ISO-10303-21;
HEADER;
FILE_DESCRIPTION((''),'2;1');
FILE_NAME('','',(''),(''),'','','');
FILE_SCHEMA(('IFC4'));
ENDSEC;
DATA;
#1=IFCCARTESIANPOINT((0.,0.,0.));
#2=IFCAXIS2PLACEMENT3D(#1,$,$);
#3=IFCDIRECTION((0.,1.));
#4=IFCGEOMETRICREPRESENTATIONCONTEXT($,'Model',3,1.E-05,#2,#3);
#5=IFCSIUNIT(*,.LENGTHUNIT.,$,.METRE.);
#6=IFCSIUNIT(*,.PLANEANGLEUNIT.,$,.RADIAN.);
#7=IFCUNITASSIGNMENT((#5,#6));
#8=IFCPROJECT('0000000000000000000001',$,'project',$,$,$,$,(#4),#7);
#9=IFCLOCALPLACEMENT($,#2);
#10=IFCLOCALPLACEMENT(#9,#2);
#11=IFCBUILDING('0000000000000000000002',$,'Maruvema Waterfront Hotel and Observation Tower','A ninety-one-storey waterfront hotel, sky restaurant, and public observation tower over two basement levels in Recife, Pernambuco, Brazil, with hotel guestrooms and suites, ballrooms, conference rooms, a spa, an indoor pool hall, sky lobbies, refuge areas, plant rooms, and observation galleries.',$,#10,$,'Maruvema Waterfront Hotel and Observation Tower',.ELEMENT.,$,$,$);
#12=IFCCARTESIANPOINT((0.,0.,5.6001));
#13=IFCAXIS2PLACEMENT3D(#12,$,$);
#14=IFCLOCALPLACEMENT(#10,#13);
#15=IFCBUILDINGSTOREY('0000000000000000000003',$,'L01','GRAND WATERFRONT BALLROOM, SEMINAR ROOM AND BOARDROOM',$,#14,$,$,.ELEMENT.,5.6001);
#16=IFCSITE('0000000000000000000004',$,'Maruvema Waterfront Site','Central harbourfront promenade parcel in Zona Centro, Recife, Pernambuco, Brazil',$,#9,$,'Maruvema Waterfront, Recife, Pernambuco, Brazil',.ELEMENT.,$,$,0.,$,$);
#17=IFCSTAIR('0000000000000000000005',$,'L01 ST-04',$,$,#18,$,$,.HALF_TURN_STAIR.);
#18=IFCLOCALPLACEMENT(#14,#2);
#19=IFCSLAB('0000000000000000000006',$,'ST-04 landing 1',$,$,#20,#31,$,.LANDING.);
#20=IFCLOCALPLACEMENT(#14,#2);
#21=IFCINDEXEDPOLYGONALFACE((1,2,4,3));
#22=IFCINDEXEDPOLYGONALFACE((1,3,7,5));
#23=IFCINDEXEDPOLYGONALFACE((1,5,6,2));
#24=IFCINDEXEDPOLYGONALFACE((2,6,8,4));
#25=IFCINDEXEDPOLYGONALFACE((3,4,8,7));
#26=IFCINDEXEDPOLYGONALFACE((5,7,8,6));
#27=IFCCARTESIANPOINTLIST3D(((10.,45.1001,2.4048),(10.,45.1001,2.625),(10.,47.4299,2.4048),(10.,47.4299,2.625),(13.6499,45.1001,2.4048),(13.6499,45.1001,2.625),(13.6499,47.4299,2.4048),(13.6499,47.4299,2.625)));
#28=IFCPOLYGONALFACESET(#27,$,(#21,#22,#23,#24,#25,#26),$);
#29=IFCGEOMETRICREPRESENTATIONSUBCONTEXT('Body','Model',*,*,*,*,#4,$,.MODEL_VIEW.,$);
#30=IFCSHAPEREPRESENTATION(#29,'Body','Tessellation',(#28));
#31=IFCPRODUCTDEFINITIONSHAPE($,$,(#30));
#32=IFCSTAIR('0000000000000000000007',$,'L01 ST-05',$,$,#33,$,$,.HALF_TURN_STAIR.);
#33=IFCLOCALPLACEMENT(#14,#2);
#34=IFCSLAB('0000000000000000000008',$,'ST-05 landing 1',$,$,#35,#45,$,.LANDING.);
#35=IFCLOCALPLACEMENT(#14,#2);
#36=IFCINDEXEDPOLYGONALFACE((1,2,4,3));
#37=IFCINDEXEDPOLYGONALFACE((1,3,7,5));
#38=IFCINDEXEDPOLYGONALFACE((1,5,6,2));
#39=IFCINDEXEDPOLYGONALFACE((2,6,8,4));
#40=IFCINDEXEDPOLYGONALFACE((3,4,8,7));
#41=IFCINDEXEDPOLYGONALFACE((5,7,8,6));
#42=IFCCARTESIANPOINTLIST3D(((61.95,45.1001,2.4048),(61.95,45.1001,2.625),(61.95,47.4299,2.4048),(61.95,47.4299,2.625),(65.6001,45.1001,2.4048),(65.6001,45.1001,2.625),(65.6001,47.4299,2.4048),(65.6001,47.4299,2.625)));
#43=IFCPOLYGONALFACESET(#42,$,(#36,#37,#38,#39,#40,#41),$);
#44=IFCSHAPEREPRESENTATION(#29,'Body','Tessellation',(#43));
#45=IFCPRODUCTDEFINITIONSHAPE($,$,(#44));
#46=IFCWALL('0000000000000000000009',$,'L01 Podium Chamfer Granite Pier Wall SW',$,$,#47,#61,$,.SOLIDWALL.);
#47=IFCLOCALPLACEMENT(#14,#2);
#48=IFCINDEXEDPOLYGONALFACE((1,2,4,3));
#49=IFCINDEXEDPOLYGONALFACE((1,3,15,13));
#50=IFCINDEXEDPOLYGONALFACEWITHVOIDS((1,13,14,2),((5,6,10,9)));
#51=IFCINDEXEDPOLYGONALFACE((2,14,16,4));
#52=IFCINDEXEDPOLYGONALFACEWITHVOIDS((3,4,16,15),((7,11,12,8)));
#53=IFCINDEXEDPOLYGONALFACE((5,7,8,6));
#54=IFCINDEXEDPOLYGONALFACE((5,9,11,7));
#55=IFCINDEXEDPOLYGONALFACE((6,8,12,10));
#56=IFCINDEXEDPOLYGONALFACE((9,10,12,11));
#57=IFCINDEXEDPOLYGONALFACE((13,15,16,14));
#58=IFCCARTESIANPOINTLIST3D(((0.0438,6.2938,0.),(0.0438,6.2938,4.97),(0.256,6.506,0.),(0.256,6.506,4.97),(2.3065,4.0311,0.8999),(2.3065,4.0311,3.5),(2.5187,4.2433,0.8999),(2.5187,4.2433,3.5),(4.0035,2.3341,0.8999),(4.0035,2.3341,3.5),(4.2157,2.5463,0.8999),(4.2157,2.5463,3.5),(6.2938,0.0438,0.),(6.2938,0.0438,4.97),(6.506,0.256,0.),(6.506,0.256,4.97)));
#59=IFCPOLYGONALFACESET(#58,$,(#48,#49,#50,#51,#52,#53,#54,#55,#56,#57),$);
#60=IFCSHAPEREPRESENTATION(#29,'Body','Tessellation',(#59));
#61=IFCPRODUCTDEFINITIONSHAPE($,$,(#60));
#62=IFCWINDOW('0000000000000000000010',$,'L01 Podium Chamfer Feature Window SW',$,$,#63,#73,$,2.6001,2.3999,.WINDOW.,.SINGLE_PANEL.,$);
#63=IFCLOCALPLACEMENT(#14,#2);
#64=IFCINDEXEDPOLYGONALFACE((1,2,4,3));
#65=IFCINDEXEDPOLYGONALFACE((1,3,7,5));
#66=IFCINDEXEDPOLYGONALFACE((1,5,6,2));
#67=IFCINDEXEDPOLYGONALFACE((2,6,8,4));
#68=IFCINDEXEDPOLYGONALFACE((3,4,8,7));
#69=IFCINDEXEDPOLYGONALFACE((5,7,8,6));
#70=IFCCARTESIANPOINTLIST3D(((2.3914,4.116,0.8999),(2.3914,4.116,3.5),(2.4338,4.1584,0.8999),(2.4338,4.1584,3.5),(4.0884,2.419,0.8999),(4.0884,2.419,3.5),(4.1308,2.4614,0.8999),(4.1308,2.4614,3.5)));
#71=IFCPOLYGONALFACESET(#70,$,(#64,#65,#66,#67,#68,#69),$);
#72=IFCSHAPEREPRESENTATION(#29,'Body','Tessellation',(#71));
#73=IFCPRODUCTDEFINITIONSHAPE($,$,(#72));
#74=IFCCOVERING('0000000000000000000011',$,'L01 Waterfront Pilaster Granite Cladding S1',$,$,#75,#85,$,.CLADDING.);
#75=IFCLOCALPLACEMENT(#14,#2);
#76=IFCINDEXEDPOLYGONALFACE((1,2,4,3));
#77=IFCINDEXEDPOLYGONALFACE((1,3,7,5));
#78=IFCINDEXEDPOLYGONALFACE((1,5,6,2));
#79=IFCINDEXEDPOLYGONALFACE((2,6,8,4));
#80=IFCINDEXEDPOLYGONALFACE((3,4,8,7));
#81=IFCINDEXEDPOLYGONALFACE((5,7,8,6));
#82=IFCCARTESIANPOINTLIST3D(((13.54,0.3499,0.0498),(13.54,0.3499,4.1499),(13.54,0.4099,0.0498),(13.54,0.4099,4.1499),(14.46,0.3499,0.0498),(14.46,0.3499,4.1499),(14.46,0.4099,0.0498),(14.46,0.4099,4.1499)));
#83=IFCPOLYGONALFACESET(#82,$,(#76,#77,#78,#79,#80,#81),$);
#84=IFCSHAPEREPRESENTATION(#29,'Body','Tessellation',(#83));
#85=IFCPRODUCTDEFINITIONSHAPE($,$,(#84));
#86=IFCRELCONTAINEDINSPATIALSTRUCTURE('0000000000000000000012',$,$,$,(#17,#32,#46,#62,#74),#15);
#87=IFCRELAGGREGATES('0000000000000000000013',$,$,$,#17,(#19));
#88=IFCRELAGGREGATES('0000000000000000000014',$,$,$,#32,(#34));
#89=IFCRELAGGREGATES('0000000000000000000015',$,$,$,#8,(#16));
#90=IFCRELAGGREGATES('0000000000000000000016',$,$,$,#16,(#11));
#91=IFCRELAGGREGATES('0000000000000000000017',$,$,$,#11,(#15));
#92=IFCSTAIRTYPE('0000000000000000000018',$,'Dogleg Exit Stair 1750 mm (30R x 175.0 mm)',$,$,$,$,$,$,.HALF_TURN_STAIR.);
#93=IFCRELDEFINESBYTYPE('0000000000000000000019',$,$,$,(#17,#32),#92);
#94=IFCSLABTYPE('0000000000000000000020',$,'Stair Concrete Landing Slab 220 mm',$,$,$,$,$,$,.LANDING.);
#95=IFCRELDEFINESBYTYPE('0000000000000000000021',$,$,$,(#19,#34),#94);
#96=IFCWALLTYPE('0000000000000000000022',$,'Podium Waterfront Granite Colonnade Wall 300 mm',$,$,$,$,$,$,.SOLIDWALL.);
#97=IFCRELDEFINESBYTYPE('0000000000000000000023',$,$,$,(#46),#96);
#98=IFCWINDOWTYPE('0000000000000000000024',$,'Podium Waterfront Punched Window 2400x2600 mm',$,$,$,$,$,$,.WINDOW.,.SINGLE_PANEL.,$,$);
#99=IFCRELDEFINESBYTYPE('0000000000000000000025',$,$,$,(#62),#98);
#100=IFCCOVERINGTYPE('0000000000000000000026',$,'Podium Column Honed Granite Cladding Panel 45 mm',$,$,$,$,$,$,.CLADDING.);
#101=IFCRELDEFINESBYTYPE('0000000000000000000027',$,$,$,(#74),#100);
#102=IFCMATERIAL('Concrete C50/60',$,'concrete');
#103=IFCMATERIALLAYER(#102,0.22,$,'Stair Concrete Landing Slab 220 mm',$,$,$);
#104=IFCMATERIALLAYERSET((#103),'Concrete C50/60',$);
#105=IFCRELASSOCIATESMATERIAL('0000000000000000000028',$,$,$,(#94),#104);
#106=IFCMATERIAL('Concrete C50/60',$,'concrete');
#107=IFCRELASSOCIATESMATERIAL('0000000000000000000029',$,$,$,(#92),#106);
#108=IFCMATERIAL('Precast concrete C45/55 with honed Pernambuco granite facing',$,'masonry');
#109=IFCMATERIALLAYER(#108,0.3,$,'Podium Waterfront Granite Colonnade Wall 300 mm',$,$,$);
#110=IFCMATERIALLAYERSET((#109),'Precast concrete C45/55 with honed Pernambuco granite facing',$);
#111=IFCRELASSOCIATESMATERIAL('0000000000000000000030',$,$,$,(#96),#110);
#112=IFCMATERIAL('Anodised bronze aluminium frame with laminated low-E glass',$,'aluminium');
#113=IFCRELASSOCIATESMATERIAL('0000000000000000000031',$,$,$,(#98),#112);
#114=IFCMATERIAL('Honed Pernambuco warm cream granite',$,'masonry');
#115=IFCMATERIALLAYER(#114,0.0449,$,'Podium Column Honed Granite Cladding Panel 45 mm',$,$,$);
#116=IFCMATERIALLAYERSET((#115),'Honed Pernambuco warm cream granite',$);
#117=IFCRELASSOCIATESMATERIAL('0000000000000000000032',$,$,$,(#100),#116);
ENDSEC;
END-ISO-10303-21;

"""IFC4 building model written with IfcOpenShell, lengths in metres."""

from ifc_helpers import new_model, si_unit, direction, frame, frame_2d, origin, origin_2d, place, context, subcontext, project, spatial, polyline, rectangle, outline, extrude, material, layer, layer_set, type_object, element, fill, aggregate, save


model = new_model("IFC4")

# Units and contexts
model_context = context("Model", 3, precision=1e-05, world=origin(), true_north=direction((0.0, 1.0)))
body_context = subcontext(model_context, "Body", "Model", "MODEL_VIEW")
ifc_project = project(units=[si_unit("LENGTHUNIT", "METRE"), si_unit("PLANEANGLEUNIT", "RADIAN")], contexts=[model_context])

# Site, building, storey
site_placement = place(None, origin())
site = spatial("IfcSite", under=ifc_project, at=site_placement, Name="Maruvema Waterfront Site", Description="Central harbourfront promenade parcel in Zona Centro, Recife, Pernambuco, Brazil", LongName="Maruvema Waterfront, Recife, Pernambuco, Brazil", CompositionType="ELEMENT", RefElevation=0.0)
building_placement = place(site_placement, origin())
building = spatial("IfcBuilding", under=site, at=building_placement, Name="Maruvema Waterfront Hotel and Observation Tower", Description="A ninety-one-storey waterfront hotel, sky restaurant, and public observation tower over two basement levels in Recife, Pernambuco, Brazil, with hotel guestrooms and suites, ballrooms, conference rooms, a spa, an indoor pool hall, sky lobbies, refuge areas, plant rooms, and observation galleries.", LongName="Maruvema Waterfront Hotel and Observation Tower", CompositionType="ELEMENT")
storey_placement = place(building_placement, frame((0.0, 0.0, 5.6001)))
storey = spatial("IfcBuildingStorey", under=building, at=storey_placement, Name="L01", Description="GRAND WATERFRONT BALLROOM, SEMINAR ROOM AND BOARDROOM", CompositionType="ELEMENT", Elevation=5.6001)

# Stairs, slabs
ifc_material_1 = material(Name="Concrete C50/60", Category="concrete")
ifc_layer_1 = layer(ifc_material_1, 0.22, Name="Stair Concrete Landing Slab 220 mm")
ifc_layer_set_1 = layer_set([ifc_layer_1], Name="Concrete C50/60")
slab_type_1 = type_object("IfcSlabType", Name="Stair Concrete Landing Slab 220 mm", PredefinedType="LANDING", material=ifc_layer_set_1)
ifc_material_2 = material(Name="Concrete C50/60", Category="concrete")
stair_type_1 = type_object("IfcStairType", Name="Dogleg Exit Stair 1750 mm (30R x 175.0 mm)", PredefinedType="HALF_TURN_STAIR", material=ifc_material_2)
stair_1_placement = place(storey_placement, origin())
stair_1 = element("IfcStair", 1, at=stair_1_placement, inside=storey, type_object=stair_type_1, Name="L01 ST-04", PredefinedType="HALF_TURN_STAIR")
slab_1_placement = place(storey_placement, frame((0.0, 0.0, 2.4048)))
slab_1 = element("IfcSlab", 2, at=slab_1_placement, type_object=slab_type_1, Name="ST-04 landing 1", PredefinedType="LANDING", context=body_context, shape_type="SweptSolid", body=[
    extrude(outline(polyline([(10.0, 47.4299), (10.0, 45.1001), (13.6499, 45.1001), (13.6499, 47.4299), (10.0, 47.4299)])), origin(), (0.0, 0.0, 1.0), 0.2202),
])
aggregate(stair_1, [slab_1])
stair_2_placement = place(storey_placement, origin())
stair_2 = element("IfcStair", 3, at=stair_2_placement, inside=storey, type_object=stair_type_1, Name="L01 ST-05", PredefinedType="HALF_TURN_STAIR")
slab_2_placement = place(storey_placement, frame((0.0, 0.0, 2.4048)))
slab_2 = element("IfcSlab", 4, at=slab_2_placement, type_object=slab_type_1, Name="ST-05 landing 1", PredefinedType="LANDING", context=body_context, shape_type="SweptSolid", body=[
    extrude(outline(polyline([(61.95, 47.4299), (61.95, 45.1001), (65.6001, 45.1001), (65.6001, 47.4299), (61.95, 47.4299)])), origin(), (0.0, 0.0, 1.0), 0.2202),
])
aggregate(stair_2, [slab_2])

# Wall, opening, window
ifc_material_3 = material(Name="Precast concrete C45/55 with honed Pernambuco granite facing", Category="masonry")
ifc_layer_2 = layer(ifc_material_3, 0.3, Name="Podium Waterfront Granite Colonnade Wall 300 mm")
ifc_layer_set_2 = layer_set([ifc_layer_2], Name="Precast concrete C45/55 with honed Pernambuco granite facing")
wall_type = type_object("IfcWallType", Name="Podium Waterfront Granite Colonnade Wall 300 mm", PredefinedType="SOLIDWALL", material=ifc_layer_set_2)
wall_placement = place(storey_placement, frame((0.1499, 6.3999, 0.0), z_axis=(0.0, 0.0, 1.0), x_axis=(0.707107, -0.707107, 0.0)))
wall = element("IfcWall", 5, at=wall_placement, inside=storey, type_object=wall_type, Name="L01 Podium Chamfer Granite Pier Wall SW", PredefinedType="SOLIDWALL", context=body_context, shape_type="SweptSolid", body=[
    extrude(rectangle(XDim=8.8389, YDim=0.3, at=frame_2d((4.4194, 0.0))), origin(), (0.0, 0.0, 1.0), 4.97),
])
opening_placement = place(wall_placement, frame((3.2, 0.0, 0.8999)))
opening = element("IfcOpeningElement", 6, at=opening_placement, cuts=wall, PredefinedType="OPENING", context=body_context, shape_type="SweptSolid", body=[
    extrude(rectangle(XDim=2.3999, YDim=2.6001, at=frame_2d((1.2, 1.3))), frame((0.0, 0.1602, 0.0), z_axis=(0.0, -1.0, 0.0), x_axis=(1.0, 0.0, 0.0)), (0.0, 0.0, 1.0), 0.3201),
])
ifc_material_4 = material(Name="Anodised bronze aluminium frame with laminated low-E glass", Category="aluminium")
window_type = type_object("IfcWindowType", Name="Podium Waterfront Punched Window 2400x2600 mm", PartitioningType="SINGLE_PANEL", PredefinedType="WINDOW", material=ifc_material_4)
window_placement = place(opening_placement, origin())
window = element("IfcWindow", 7, at=window_placement, inside=storey, type_object=window_type, Name="L01 Podium Chamfer Feature Window SW", OverallHeight=2.6001, OverallWidth=2.3999, PartitioningType="SINGLE_PANEL", PredefinedType="WINDOW", context=body_context, shape_type="SweptSolid", body=[
    extrude(rectangle(XDim=2.3999, YDim=2.6001, at=frame_2d((1.2, 1.3))), frame((0.0, 0.03, 0.0), z_axis=(0.0, -1.0, 0.0), x_axis=(1.0, 0.0, 0.0)), (0.0, 0.0, 1.0), 0.0601),
])
fill(opening, window)

# Covering
ifc_material_5 = material(Name="Honed Pernambuco warm cream granite", Category="masonry")
ifc_layer_3 = layer(ifc_material_5, 0.0449, Name="Podium Column Honed Granite Cladding Panel 45 mm")
ifc_layer_set_3 = layer_set([ifc_layer_3], Name="Honed Pernambuco warm cream granite")
covering_type = type_object("IfcCoveringType", Name="Podium Column Honed Granite Cladding Panel 45 mm", PredefinedType="CLADDING", material=ifc_layer_set_3)
covering_placement = place(storey_placement, frame((14.0, 0.3799, 0.0498), z_axis=(0.0, 0.0, 1.0), x_axis=(1.0, 0.0, 0.0)))
element("IfcCovering", 8, at=covering_placement, inside=storey, type_object=covering_type, Name="L01 Waterfront Pilaster Granite Cladding S1", PredefinedType="CLADDING", context=body_context, shape_type="SweptSolid", body=[
    extrude(rectangle(XDim=0.9199, YDim=0.0601, at=origin_2d()), origin(), (0.0, 0.0, 1.0), 4.1001),
])

save(model, "model.ifc")
